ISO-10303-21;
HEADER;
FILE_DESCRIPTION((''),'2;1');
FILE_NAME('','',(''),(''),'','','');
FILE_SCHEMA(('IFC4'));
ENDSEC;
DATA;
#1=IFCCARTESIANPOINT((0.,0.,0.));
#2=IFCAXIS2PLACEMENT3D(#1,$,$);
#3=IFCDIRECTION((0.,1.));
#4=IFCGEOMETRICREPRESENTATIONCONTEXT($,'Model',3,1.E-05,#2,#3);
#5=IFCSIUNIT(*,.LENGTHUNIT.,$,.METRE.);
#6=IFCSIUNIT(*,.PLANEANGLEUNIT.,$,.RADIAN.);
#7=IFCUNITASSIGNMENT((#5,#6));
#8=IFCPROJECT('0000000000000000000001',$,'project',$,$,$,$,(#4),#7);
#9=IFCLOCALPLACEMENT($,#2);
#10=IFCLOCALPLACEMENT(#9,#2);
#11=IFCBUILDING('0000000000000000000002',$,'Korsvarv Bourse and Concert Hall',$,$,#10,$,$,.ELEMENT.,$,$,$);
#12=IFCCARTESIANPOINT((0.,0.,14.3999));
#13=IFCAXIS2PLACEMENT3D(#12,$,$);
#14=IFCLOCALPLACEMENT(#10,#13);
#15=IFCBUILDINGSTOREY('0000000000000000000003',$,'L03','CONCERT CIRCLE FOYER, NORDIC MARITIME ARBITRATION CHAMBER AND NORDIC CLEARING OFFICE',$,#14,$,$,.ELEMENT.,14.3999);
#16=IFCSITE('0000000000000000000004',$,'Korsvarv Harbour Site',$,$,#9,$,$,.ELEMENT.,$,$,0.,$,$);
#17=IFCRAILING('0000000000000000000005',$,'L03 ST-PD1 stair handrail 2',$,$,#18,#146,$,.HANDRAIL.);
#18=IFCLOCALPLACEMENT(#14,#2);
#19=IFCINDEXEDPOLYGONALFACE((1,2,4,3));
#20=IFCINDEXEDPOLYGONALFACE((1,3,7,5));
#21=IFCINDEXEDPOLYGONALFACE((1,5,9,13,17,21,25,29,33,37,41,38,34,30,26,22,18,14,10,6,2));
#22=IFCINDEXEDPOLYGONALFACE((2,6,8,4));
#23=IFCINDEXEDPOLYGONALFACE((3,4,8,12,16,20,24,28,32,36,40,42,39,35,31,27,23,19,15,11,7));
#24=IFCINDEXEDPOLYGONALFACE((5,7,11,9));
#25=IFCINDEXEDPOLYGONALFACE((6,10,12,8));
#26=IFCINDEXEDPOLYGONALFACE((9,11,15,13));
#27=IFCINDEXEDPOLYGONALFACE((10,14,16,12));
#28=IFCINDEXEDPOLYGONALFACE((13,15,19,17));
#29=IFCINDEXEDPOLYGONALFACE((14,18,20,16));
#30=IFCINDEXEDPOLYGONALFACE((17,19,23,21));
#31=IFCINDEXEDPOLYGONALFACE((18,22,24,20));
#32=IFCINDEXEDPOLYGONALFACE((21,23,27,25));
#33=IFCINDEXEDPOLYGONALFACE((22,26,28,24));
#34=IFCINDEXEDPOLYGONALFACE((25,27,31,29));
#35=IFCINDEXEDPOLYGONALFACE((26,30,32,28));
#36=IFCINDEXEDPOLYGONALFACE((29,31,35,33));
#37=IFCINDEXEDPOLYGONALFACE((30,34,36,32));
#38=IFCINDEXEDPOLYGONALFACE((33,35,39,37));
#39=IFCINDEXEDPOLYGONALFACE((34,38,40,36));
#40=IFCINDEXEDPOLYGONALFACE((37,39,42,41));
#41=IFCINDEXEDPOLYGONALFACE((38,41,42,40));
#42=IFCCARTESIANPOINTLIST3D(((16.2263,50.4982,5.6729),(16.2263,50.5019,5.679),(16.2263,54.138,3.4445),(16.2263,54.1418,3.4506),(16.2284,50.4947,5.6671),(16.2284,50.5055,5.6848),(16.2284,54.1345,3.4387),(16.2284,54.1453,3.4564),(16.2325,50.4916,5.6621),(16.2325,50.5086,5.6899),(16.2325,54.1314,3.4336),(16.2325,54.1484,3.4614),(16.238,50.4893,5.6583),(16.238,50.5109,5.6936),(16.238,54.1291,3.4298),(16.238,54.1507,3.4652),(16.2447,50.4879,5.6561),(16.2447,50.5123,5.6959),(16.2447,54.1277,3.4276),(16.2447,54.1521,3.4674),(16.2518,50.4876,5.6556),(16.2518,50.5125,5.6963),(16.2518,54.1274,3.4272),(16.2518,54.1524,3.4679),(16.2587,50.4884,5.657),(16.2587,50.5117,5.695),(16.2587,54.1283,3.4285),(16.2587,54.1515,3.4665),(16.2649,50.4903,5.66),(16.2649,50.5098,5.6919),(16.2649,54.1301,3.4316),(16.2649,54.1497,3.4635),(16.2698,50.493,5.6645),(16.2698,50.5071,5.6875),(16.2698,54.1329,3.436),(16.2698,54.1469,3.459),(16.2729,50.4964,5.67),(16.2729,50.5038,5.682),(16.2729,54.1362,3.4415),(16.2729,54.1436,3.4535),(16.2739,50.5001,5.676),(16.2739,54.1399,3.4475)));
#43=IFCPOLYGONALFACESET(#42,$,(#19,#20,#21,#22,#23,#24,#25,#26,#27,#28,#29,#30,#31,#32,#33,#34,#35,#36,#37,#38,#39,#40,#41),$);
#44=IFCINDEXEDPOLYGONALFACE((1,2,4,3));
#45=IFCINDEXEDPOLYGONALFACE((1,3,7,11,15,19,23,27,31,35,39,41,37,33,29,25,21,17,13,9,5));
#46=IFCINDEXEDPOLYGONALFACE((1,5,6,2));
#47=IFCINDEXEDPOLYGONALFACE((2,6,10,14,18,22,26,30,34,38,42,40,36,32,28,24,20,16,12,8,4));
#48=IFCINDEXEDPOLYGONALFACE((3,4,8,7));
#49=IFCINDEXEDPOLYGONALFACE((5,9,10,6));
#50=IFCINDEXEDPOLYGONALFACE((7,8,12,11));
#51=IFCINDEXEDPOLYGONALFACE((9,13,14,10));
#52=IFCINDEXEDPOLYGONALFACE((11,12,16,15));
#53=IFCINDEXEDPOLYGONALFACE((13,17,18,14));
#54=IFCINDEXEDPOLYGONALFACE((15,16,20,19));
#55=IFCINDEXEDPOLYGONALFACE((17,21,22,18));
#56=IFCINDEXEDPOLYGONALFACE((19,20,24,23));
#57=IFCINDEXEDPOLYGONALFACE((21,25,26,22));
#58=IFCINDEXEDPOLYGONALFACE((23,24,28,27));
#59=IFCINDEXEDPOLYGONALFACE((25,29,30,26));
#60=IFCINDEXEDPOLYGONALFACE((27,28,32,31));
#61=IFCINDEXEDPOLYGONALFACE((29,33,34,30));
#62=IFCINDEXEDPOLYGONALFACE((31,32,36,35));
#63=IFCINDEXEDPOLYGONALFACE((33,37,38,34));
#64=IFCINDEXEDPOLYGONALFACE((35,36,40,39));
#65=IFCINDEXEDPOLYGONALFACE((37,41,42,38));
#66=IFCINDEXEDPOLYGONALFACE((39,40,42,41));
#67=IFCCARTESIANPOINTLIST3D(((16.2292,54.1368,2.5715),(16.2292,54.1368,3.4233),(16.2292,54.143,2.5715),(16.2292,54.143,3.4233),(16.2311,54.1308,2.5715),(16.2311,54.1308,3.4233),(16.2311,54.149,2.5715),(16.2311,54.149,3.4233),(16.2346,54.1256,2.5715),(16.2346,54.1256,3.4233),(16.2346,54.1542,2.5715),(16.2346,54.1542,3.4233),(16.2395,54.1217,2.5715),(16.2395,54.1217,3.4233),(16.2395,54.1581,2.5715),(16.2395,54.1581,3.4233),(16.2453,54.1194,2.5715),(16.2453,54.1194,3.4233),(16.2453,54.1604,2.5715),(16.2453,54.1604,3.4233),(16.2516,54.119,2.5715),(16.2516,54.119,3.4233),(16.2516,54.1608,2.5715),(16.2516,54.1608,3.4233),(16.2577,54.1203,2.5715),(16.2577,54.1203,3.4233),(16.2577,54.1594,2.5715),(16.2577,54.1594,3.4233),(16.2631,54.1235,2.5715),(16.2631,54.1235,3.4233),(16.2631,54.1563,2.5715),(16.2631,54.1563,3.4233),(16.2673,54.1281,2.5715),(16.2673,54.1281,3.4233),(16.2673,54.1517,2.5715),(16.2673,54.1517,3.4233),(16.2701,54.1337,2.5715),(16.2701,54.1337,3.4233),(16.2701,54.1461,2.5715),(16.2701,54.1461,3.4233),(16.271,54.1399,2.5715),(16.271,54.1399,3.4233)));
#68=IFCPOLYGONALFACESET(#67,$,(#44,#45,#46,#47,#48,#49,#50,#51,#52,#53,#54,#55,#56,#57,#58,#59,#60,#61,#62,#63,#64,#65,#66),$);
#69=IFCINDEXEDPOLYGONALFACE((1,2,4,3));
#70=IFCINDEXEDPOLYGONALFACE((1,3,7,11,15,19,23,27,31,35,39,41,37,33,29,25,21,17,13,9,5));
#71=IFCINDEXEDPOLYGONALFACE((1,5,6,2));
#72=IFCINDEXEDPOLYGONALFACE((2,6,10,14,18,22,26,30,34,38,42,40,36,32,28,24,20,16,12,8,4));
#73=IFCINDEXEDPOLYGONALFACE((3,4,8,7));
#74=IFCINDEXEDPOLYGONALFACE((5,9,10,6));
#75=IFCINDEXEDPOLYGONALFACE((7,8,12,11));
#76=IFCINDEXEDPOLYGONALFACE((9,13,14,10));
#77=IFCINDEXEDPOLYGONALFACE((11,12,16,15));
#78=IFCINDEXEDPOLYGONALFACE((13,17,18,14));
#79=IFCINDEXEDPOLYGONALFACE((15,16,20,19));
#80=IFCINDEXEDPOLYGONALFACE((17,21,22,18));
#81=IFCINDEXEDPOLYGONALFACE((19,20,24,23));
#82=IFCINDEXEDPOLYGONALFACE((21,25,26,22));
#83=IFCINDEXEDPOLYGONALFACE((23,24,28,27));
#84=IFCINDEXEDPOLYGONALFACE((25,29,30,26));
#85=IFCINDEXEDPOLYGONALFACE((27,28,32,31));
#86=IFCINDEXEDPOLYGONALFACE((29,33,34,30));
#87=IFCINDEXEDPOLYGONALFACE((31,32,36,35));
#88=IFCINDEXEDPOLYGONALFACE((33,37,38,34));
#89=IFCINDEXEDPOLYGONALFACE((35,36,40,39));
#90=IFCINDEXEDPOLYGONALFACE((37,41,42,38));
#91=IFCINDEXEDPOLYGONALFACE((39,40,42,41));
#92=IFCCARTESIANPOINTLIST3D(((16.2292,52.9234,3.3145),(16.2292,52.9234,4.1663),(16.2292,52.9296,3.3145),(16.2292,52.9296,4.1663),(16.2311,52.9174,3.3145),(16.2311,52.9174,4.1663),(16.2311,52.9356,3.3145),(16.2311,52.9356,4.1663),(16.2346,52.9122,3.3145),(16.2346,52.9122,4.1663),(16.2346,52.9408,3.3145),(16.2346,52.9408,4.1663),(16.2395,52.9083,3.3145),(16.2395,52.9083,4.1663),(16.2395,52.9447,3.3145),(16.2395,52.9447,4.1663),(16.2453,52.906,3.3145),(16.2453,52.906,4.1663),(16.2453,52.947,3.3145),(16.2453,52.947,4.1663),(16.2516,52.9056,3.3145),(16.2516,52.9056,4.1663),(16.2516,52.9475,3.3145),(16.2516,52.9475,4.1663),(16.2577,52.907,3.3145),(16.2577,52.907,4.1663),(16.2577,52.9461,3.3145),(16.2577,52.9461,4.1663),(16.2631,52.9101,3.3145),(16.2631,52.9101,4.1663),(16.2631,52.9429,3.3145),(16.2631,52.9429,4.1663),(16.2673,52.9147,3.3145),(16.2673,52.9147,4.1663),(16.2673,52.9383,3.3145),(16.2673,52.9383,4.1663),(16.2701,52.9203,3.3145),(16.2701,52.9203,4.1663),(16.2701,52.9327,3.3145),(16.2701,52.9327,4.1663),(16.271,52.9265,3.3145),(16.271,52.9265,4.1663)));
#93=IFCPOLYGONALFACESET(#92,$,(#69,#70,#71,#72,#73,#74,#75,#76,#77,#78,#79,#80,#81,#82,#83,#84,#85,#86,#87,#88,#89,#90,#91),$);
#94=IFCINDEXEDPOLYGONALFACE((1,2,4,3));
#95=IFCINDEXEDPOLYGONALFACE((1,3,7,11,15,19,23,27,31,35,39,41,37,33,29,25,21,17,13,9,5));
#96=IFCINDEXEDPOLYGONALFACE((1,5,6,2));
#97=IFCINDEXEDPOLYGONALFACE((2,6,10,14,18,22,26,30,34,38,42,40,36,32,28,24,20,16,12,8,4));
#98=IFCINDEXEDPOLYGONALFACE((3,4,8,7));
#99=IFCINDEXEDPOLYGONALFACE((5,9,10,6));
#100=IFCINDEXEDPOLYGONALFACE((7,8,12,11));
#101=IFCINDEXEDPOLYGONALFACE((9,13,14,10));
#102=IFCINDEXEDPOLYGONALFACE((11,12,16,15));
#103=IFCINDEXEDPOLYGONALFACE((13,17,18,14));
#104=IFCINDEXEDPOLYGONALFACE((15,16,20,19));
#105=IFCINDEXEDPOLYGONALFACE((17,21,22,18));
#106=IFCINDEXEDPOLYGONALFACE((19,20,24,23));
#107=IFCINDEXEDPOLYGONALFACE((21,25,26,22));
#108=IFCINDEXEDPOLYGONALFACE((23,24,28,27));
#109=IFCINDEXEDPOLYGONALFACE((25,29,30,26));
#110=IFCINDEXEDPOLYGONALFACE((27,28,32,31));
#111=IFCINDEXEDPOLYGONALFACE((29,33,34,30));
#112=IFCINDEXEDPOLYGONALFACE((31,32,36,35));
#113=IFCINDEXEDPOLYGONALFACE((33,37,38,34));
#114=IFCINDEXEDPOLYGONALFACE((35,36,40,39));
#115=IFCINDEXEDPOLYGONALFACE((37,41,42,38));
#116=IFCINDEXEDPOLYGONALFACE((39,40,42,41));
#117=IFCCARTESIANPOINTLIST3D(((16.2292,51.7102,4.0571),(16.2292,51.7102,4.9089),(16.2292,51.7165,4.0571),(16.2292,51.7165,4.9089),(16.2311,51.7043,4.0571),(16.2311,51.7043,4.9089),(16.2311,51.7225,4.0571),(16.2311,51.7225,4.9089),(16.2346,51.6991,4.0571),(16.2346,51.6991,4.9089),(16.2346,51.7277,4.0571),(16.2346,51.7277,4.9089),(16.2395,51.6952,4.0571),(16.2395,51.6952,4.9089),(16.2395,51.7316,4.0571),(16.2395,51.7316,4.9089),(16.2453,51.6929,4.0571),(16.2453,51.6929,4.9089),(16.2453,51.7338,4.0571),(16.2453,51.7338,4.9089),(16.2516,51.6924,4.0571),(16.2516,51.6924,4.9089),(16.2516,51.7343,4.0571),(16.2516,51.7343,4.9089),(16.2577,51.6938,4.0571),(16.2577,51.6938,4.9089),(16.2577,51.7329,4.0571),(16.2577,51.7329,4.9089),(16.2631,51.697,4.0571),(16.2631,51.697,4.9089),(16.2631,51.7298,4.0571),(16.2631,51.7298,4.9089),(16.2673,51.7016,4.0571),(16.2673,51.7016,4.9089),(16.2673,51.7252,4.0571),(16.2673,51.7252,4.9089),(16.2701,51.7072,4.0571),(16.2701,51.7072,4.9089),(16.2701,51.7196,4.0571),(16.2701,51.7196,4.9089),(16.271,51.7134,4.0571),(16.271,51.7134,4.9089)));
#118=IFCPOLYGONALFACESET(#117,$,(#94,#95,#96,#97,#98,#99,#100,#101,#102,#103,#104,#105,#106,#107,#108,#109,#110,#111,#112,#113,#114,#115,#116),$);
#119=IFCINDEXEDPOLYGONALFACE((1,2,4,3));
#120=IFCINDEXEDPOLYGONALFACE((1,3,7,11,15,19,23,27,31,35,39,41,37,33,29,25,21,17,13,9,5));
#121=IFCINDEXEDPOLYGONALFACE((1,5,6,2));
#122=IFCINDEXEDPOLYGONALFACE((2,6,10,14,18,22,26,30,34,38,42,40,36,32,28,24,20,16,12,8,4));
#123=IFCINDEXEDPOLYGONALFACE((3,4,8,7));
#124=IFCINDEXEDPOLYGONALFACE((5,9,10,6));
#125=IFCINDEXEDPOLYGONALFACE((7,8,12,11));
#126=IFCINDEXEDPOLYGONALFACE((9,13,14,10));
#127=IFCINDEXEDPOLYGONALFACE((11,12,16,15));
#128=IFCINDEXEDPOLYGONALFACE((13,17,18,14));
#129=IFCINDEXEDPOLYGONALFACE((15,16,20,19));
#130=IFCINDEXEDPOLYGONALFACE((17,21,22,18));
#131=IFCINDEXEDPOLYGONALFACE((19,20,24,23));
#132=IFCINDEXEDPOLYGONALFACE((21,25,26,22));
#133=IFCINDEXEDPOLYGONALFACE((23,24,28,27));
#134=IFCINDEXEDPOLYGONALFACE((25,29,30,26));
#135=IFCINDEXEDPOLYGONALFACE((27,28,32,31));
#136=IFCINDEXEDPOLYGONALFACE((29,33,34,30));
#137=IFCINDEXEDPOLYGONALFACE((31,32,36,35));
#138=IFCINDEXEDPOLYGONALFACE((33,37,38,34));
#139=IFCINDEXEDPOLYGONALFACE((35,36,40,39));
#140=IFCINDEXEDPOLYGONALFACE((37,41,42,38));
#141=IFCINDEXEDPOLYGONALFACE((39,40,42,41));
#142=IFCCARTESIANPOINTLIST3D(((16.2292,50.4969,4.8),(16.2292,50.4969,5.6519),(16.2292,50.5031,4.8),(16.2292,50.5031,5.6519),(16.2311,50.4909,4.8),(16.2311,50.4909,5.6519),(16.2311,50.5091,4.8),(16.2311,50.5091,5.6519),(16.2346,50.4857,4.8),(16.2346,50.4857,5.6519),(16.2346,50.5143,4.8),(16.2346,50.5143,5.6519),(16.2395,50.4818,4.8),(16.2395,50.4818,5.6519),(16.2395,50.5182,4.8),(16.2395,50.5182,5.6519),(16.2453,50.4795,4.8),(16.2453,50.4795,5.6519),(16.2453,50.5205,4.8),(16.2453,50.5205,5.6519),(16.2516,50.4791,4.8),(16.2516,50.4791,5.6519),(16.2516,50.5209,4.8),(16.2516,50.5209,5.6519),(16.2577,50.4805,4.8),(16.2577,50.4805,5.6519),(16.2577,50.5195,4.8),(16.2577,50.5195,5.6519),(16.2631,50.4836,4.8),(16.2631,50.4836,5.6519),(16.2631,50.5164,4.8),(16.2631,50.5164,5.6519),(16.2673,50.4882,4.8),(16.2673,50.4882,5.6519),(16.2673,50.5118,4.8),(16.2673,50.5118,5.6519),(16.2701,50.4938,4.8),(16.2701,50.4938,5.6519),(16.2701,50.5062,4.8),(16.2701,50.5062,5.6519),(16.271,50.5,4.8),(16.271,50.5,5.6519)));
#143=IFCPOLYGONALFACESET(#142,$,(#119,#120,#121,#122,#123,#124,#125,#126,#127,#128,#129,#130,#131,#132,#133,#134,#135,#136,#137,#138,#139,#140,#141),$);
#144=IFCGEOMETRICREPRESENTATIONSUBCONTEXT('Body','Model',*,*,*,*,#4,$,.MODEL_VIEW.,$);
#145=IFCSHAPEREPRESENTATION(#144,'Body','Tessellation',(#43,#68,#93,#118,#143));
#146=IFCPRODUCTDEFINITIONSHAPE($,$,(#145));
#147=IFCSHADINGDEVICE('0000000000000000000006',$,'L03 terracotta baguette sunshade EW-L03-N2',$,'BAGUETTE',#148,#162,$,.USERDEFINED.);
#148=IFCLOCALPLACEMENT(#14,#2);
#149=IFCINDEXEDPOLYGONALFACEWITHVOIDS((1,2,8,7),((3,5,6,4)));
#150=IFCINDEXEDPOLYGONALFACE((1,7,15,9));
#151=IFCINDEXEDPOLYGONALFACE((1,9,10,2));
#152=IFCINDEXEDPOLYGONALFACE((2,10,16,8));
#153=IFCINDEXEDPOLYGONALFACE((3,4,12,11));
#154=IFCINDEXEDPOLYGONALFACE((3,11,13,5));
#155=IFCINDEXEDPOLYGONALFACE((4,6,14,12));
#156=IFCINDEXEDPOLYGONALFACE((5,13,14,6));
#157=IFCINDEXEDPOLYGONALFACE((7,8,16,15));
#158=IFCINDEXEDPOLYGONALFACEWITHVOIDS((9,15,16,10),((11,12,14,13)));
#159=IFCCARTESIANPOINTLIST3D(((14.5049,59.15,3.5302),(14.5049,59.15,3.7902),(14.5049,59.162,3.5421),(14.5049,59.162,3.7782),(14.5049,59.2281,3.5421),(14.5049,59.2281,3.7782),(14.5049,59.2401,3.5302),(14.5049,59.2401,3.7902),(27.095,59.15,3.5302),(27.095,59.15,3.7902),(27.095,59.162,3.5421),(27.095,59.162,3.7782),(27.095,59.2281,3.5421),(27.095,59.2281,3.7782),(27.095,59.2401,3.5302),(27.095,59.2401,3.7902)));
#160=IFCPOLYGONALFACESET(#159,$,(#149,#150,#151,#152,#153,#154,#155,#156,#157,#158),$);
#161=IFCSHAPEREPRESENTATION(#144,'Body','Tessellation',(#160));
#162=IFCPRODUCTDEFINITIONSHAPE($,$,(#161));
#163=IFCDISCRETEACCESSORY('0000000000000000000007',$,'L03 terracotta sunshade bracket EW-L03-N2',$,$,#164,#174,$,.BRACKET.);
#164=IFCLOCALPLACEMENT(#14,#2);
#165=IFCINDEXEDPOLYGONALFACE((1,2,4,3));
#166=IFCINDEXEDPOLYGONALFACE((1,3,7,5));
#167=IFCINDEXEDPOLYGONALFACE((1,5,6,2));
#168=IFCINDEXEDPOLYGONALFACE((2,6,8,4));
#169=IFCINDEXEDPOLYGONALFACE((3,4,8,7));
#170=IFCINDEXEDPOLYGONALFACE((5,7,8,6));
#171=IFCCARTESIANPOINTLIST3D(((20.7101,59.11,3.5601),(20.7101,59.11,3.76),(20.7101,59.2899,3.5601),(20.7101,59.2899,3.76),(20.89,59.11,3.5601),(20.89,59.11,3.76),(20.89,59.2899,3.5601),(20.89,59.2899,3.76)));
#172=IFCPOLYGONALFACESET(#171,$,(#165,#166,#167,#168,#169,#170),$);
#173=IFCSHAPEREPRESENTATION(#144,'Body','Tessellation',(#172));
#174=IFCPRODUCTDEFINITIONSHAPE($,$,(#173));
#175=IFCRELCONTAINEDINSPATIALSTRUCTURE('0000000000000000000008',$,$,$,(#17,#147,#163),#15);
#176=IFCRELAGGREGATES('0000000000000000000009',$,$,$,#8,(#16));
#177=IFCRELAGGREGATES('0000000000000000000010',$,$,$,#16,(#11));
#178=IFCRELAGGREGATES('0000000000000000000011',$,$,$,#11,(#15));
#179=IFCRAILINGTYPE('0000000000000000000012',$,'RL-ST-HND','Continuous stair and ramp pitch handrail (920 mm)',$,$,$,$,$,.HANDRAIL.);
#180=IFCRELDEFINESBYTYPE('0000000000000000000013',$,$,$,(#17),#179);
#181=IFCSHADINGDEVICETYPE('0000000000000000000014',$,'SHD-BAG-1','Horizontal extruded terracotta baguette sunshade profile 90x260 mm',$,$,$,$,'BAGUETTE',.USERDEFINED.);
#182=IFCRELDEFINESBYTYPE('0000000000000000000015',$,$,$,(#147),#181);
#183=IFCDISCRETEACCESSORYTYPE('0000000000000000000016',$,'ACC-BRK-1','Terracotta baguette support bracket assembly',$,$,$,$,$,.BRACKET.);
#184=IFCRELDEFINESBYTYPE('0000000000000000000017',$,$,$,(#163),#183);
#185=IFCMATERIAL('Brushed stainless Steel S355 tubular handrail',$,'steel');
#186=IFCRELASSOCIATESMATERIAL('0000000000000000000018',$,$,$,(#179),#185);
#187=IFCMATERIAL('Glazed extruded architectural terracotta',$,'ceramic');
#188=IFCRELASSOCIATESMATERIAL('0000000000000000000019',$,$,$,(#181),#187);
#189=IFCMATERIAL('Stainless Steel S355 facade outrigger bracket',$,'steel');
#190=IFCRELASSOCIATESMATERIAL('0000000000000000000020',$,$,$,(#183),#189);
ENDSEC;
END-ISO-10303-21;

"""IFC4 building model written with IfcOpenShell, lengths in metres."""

from ifc_helpers import new_model, si_unit, direction, frame, origin, origin_2d, place, context, subcontext, project, spatial, rectangle, hollow_rectangle, circle, extrude, source, transform, mapped, material, material_profile, profile_set, type_object, element, save


model = new_model("IFC4")

# Units and contexts
model_context = context("Model", 3, precision=1e-05, world=origin(), true_north=direction((0.0, 1.0)))
body_context = subcontext(model_context, "Body", "Model", "MODEL_VIEW")
ifc_project = project(units=[si_unit("LENGTHUNIT", "METRE"), si_unit("PLANEANGLEUNIT", "RADIAN")], contexts=[model_context])

# Site, building, storey
site_placement = place(None, origin())
site = spatial("IfcSite", under=ifc_project, at=site_placement, Name="Korsvarv Harbour Site", CompositionType="ELEMENT", RefElevation=0.0)
building_placement = place(site_placement, origin())
building = spatial("IfcBuilding", under=site, at=building_placement, Name="Korsvarv Bourse and Concert Hall", CompositionType="ELEMENT")
storey_placement = place(building_placement, frame((0.0, 0.0, 14.3999)))
storey = spatial("IfcBuildingStorey", under=building, at=storey_placement, Name="L03", Description="CONCERT CIRCLE FOYER, NORDIC MARITIME ARBITRATION CHAMBER AND NORDIC CLEARING OFFICE", CompositionType="ELEMENT", Elevation=14.3999)

# Railing
ifc_material_1 = material(Name="Brushed stainless Steel S355 tubular handrail", Category="steel")
railing_type_1 = type_object("IfcRailingType", Name="RL-ST-HND", Description="Continuous stair and ramp pitch handrail (920 mm)", PredefinedType="HANDRAIL", material=ifc_material_1)
railing_1_placement = place(storey_placement, frame((16.25, 54.1399, 2.5715)))
element("IfcRailing", 1, at=railing_1_placement, inside=storey, type_object=railing_type_1, Name="L03 ST-PD1 stair handrail 2", PredefinedType="HANDRAIL", context=body_context, shape_type="SweptSolid", body=[
    extrude(circle(Radius=0.0239, at=origin_2d()), frame((0.0, 0.0, 0.876), z_axis=(0.0, -0.85285, 0.522156), x_axis=(1.0, 0.0, 0.0)), (0.0, 0.0, 1.0), 4.2678),
    extrude(circle(Radius=0.021, at=origin_2d()), origin(), (0.0, 0.0, 1.0), 0.8518),
    extrude(circle(Radius=0.021, at=origin_2d()), frame((0.0, -1.2134, 0.7429)), (0.0, 0.0, 1.0), 0.8518),
    extrude(circle(Radius=0.021, at=origin_2d()), frame((0.0, -2.4265, 1.4856)), (0.0, 0.0, 1.0), 0.8518),
    extrude(circle(Radius=0.021, at=origin_2d()), frame((0.0, -3.6399, 2.2285)), (0.0, 0.0, 1.0), 0.8518),
])

# Shading device
ifc_material_2 = material(Name="Glazed extruded architectural terracotta", Category="ceramic")
ifc_material_profile_1 = material_profile(ifc_material_2, hollow_rectangle(XDim=0.0901, YDim=0.26, WallThickness=0.012, at=origin_2d()), Name="TC-BAG 90x260")
ifc_profile_set_1 = profile_set([ifc_material_profile_1], Name="Glazed extruded architectural terracotta")
shading_device_type = type_object("IfcShadingDeviceType", Name="SHD-BAG-1", Description="Horizontal extruded terracotta baguette sunshade profile 90x260 mm", ElementType="BAGUETTE", PredefinedType="USERDEFINED", material=ifc_profile_set_1)
shared_shape_1 = source(origin(), body_context, "Body", "SweptSolid", [
    extrude(hollow_rectangle(XDim=0.0901, YDim=0.26, WallThickness=0.012, at=origin_2d()), origin(), (0.0, 0.0, 1.0), 12.5901),
])
shading_device_placement = place(storey_placement, frame((14.5049, 59.1951, 3.6602), z_axis=(1.0, 0.0, 0.0), x_axis=(0.0, 1.0, 0.0)))
element("IfcShadingDevice", 2, at=shading_device_placement, inside=storey, type_object=shading_device_type, Name="L03 terracotta baguette sunshade EW-L03-N2", ObjectType="BAGUETTE", PredefinedType="USERDEFINED", context=body_context, shape_type="MappedRepresentation", body=[
    mapped(shared_shape_1, transform((0.0, 0.0, 0.0), scale=1.0)),
])

# Discrete accessory
ifc_material_3 = material(Name="Stainless Steel S355 facade outrigger bracket", Category="steel")
discrete_accessory_type = type_object("IfcDiscreteAccessoryType", Name="ACC-BRK-1", Description="Terracotta baguette support bracket assembly", PredefinedType="BRACKET", material=ifc_material_3)
shared_shape_2 = source(origin(), body_context, "Body", "SweptSolid", [
    extrude(rectangle(XDim=0.1799, YDim=0.1799, at=origin_2d()), origin(), (0.0, 0.0, 1.0), 0.2),
])
discrete_accessory_placement = place(storey_placement, frame((20.8, 59.2, 3.5601), z_axis=(0.0, 0.0, 1.0), x_axis=(1.0, 0.0, 0.0)))
element("IfcDiscreteAccessory", 3, at=discrete_accessory_placement, inside=storey, type_object=discrete_accessory_type, Name="L03 terracotta sunshade bracket EW-L03-N2", PredefinedType="BRACKET", context=body_context, shape_type="MappedRepresentation", body=[
    mapped(shared_shape_2, transform((0.0, 0.0, 0.0), scale=1.0)),
])

save(model, "model.ifc")
